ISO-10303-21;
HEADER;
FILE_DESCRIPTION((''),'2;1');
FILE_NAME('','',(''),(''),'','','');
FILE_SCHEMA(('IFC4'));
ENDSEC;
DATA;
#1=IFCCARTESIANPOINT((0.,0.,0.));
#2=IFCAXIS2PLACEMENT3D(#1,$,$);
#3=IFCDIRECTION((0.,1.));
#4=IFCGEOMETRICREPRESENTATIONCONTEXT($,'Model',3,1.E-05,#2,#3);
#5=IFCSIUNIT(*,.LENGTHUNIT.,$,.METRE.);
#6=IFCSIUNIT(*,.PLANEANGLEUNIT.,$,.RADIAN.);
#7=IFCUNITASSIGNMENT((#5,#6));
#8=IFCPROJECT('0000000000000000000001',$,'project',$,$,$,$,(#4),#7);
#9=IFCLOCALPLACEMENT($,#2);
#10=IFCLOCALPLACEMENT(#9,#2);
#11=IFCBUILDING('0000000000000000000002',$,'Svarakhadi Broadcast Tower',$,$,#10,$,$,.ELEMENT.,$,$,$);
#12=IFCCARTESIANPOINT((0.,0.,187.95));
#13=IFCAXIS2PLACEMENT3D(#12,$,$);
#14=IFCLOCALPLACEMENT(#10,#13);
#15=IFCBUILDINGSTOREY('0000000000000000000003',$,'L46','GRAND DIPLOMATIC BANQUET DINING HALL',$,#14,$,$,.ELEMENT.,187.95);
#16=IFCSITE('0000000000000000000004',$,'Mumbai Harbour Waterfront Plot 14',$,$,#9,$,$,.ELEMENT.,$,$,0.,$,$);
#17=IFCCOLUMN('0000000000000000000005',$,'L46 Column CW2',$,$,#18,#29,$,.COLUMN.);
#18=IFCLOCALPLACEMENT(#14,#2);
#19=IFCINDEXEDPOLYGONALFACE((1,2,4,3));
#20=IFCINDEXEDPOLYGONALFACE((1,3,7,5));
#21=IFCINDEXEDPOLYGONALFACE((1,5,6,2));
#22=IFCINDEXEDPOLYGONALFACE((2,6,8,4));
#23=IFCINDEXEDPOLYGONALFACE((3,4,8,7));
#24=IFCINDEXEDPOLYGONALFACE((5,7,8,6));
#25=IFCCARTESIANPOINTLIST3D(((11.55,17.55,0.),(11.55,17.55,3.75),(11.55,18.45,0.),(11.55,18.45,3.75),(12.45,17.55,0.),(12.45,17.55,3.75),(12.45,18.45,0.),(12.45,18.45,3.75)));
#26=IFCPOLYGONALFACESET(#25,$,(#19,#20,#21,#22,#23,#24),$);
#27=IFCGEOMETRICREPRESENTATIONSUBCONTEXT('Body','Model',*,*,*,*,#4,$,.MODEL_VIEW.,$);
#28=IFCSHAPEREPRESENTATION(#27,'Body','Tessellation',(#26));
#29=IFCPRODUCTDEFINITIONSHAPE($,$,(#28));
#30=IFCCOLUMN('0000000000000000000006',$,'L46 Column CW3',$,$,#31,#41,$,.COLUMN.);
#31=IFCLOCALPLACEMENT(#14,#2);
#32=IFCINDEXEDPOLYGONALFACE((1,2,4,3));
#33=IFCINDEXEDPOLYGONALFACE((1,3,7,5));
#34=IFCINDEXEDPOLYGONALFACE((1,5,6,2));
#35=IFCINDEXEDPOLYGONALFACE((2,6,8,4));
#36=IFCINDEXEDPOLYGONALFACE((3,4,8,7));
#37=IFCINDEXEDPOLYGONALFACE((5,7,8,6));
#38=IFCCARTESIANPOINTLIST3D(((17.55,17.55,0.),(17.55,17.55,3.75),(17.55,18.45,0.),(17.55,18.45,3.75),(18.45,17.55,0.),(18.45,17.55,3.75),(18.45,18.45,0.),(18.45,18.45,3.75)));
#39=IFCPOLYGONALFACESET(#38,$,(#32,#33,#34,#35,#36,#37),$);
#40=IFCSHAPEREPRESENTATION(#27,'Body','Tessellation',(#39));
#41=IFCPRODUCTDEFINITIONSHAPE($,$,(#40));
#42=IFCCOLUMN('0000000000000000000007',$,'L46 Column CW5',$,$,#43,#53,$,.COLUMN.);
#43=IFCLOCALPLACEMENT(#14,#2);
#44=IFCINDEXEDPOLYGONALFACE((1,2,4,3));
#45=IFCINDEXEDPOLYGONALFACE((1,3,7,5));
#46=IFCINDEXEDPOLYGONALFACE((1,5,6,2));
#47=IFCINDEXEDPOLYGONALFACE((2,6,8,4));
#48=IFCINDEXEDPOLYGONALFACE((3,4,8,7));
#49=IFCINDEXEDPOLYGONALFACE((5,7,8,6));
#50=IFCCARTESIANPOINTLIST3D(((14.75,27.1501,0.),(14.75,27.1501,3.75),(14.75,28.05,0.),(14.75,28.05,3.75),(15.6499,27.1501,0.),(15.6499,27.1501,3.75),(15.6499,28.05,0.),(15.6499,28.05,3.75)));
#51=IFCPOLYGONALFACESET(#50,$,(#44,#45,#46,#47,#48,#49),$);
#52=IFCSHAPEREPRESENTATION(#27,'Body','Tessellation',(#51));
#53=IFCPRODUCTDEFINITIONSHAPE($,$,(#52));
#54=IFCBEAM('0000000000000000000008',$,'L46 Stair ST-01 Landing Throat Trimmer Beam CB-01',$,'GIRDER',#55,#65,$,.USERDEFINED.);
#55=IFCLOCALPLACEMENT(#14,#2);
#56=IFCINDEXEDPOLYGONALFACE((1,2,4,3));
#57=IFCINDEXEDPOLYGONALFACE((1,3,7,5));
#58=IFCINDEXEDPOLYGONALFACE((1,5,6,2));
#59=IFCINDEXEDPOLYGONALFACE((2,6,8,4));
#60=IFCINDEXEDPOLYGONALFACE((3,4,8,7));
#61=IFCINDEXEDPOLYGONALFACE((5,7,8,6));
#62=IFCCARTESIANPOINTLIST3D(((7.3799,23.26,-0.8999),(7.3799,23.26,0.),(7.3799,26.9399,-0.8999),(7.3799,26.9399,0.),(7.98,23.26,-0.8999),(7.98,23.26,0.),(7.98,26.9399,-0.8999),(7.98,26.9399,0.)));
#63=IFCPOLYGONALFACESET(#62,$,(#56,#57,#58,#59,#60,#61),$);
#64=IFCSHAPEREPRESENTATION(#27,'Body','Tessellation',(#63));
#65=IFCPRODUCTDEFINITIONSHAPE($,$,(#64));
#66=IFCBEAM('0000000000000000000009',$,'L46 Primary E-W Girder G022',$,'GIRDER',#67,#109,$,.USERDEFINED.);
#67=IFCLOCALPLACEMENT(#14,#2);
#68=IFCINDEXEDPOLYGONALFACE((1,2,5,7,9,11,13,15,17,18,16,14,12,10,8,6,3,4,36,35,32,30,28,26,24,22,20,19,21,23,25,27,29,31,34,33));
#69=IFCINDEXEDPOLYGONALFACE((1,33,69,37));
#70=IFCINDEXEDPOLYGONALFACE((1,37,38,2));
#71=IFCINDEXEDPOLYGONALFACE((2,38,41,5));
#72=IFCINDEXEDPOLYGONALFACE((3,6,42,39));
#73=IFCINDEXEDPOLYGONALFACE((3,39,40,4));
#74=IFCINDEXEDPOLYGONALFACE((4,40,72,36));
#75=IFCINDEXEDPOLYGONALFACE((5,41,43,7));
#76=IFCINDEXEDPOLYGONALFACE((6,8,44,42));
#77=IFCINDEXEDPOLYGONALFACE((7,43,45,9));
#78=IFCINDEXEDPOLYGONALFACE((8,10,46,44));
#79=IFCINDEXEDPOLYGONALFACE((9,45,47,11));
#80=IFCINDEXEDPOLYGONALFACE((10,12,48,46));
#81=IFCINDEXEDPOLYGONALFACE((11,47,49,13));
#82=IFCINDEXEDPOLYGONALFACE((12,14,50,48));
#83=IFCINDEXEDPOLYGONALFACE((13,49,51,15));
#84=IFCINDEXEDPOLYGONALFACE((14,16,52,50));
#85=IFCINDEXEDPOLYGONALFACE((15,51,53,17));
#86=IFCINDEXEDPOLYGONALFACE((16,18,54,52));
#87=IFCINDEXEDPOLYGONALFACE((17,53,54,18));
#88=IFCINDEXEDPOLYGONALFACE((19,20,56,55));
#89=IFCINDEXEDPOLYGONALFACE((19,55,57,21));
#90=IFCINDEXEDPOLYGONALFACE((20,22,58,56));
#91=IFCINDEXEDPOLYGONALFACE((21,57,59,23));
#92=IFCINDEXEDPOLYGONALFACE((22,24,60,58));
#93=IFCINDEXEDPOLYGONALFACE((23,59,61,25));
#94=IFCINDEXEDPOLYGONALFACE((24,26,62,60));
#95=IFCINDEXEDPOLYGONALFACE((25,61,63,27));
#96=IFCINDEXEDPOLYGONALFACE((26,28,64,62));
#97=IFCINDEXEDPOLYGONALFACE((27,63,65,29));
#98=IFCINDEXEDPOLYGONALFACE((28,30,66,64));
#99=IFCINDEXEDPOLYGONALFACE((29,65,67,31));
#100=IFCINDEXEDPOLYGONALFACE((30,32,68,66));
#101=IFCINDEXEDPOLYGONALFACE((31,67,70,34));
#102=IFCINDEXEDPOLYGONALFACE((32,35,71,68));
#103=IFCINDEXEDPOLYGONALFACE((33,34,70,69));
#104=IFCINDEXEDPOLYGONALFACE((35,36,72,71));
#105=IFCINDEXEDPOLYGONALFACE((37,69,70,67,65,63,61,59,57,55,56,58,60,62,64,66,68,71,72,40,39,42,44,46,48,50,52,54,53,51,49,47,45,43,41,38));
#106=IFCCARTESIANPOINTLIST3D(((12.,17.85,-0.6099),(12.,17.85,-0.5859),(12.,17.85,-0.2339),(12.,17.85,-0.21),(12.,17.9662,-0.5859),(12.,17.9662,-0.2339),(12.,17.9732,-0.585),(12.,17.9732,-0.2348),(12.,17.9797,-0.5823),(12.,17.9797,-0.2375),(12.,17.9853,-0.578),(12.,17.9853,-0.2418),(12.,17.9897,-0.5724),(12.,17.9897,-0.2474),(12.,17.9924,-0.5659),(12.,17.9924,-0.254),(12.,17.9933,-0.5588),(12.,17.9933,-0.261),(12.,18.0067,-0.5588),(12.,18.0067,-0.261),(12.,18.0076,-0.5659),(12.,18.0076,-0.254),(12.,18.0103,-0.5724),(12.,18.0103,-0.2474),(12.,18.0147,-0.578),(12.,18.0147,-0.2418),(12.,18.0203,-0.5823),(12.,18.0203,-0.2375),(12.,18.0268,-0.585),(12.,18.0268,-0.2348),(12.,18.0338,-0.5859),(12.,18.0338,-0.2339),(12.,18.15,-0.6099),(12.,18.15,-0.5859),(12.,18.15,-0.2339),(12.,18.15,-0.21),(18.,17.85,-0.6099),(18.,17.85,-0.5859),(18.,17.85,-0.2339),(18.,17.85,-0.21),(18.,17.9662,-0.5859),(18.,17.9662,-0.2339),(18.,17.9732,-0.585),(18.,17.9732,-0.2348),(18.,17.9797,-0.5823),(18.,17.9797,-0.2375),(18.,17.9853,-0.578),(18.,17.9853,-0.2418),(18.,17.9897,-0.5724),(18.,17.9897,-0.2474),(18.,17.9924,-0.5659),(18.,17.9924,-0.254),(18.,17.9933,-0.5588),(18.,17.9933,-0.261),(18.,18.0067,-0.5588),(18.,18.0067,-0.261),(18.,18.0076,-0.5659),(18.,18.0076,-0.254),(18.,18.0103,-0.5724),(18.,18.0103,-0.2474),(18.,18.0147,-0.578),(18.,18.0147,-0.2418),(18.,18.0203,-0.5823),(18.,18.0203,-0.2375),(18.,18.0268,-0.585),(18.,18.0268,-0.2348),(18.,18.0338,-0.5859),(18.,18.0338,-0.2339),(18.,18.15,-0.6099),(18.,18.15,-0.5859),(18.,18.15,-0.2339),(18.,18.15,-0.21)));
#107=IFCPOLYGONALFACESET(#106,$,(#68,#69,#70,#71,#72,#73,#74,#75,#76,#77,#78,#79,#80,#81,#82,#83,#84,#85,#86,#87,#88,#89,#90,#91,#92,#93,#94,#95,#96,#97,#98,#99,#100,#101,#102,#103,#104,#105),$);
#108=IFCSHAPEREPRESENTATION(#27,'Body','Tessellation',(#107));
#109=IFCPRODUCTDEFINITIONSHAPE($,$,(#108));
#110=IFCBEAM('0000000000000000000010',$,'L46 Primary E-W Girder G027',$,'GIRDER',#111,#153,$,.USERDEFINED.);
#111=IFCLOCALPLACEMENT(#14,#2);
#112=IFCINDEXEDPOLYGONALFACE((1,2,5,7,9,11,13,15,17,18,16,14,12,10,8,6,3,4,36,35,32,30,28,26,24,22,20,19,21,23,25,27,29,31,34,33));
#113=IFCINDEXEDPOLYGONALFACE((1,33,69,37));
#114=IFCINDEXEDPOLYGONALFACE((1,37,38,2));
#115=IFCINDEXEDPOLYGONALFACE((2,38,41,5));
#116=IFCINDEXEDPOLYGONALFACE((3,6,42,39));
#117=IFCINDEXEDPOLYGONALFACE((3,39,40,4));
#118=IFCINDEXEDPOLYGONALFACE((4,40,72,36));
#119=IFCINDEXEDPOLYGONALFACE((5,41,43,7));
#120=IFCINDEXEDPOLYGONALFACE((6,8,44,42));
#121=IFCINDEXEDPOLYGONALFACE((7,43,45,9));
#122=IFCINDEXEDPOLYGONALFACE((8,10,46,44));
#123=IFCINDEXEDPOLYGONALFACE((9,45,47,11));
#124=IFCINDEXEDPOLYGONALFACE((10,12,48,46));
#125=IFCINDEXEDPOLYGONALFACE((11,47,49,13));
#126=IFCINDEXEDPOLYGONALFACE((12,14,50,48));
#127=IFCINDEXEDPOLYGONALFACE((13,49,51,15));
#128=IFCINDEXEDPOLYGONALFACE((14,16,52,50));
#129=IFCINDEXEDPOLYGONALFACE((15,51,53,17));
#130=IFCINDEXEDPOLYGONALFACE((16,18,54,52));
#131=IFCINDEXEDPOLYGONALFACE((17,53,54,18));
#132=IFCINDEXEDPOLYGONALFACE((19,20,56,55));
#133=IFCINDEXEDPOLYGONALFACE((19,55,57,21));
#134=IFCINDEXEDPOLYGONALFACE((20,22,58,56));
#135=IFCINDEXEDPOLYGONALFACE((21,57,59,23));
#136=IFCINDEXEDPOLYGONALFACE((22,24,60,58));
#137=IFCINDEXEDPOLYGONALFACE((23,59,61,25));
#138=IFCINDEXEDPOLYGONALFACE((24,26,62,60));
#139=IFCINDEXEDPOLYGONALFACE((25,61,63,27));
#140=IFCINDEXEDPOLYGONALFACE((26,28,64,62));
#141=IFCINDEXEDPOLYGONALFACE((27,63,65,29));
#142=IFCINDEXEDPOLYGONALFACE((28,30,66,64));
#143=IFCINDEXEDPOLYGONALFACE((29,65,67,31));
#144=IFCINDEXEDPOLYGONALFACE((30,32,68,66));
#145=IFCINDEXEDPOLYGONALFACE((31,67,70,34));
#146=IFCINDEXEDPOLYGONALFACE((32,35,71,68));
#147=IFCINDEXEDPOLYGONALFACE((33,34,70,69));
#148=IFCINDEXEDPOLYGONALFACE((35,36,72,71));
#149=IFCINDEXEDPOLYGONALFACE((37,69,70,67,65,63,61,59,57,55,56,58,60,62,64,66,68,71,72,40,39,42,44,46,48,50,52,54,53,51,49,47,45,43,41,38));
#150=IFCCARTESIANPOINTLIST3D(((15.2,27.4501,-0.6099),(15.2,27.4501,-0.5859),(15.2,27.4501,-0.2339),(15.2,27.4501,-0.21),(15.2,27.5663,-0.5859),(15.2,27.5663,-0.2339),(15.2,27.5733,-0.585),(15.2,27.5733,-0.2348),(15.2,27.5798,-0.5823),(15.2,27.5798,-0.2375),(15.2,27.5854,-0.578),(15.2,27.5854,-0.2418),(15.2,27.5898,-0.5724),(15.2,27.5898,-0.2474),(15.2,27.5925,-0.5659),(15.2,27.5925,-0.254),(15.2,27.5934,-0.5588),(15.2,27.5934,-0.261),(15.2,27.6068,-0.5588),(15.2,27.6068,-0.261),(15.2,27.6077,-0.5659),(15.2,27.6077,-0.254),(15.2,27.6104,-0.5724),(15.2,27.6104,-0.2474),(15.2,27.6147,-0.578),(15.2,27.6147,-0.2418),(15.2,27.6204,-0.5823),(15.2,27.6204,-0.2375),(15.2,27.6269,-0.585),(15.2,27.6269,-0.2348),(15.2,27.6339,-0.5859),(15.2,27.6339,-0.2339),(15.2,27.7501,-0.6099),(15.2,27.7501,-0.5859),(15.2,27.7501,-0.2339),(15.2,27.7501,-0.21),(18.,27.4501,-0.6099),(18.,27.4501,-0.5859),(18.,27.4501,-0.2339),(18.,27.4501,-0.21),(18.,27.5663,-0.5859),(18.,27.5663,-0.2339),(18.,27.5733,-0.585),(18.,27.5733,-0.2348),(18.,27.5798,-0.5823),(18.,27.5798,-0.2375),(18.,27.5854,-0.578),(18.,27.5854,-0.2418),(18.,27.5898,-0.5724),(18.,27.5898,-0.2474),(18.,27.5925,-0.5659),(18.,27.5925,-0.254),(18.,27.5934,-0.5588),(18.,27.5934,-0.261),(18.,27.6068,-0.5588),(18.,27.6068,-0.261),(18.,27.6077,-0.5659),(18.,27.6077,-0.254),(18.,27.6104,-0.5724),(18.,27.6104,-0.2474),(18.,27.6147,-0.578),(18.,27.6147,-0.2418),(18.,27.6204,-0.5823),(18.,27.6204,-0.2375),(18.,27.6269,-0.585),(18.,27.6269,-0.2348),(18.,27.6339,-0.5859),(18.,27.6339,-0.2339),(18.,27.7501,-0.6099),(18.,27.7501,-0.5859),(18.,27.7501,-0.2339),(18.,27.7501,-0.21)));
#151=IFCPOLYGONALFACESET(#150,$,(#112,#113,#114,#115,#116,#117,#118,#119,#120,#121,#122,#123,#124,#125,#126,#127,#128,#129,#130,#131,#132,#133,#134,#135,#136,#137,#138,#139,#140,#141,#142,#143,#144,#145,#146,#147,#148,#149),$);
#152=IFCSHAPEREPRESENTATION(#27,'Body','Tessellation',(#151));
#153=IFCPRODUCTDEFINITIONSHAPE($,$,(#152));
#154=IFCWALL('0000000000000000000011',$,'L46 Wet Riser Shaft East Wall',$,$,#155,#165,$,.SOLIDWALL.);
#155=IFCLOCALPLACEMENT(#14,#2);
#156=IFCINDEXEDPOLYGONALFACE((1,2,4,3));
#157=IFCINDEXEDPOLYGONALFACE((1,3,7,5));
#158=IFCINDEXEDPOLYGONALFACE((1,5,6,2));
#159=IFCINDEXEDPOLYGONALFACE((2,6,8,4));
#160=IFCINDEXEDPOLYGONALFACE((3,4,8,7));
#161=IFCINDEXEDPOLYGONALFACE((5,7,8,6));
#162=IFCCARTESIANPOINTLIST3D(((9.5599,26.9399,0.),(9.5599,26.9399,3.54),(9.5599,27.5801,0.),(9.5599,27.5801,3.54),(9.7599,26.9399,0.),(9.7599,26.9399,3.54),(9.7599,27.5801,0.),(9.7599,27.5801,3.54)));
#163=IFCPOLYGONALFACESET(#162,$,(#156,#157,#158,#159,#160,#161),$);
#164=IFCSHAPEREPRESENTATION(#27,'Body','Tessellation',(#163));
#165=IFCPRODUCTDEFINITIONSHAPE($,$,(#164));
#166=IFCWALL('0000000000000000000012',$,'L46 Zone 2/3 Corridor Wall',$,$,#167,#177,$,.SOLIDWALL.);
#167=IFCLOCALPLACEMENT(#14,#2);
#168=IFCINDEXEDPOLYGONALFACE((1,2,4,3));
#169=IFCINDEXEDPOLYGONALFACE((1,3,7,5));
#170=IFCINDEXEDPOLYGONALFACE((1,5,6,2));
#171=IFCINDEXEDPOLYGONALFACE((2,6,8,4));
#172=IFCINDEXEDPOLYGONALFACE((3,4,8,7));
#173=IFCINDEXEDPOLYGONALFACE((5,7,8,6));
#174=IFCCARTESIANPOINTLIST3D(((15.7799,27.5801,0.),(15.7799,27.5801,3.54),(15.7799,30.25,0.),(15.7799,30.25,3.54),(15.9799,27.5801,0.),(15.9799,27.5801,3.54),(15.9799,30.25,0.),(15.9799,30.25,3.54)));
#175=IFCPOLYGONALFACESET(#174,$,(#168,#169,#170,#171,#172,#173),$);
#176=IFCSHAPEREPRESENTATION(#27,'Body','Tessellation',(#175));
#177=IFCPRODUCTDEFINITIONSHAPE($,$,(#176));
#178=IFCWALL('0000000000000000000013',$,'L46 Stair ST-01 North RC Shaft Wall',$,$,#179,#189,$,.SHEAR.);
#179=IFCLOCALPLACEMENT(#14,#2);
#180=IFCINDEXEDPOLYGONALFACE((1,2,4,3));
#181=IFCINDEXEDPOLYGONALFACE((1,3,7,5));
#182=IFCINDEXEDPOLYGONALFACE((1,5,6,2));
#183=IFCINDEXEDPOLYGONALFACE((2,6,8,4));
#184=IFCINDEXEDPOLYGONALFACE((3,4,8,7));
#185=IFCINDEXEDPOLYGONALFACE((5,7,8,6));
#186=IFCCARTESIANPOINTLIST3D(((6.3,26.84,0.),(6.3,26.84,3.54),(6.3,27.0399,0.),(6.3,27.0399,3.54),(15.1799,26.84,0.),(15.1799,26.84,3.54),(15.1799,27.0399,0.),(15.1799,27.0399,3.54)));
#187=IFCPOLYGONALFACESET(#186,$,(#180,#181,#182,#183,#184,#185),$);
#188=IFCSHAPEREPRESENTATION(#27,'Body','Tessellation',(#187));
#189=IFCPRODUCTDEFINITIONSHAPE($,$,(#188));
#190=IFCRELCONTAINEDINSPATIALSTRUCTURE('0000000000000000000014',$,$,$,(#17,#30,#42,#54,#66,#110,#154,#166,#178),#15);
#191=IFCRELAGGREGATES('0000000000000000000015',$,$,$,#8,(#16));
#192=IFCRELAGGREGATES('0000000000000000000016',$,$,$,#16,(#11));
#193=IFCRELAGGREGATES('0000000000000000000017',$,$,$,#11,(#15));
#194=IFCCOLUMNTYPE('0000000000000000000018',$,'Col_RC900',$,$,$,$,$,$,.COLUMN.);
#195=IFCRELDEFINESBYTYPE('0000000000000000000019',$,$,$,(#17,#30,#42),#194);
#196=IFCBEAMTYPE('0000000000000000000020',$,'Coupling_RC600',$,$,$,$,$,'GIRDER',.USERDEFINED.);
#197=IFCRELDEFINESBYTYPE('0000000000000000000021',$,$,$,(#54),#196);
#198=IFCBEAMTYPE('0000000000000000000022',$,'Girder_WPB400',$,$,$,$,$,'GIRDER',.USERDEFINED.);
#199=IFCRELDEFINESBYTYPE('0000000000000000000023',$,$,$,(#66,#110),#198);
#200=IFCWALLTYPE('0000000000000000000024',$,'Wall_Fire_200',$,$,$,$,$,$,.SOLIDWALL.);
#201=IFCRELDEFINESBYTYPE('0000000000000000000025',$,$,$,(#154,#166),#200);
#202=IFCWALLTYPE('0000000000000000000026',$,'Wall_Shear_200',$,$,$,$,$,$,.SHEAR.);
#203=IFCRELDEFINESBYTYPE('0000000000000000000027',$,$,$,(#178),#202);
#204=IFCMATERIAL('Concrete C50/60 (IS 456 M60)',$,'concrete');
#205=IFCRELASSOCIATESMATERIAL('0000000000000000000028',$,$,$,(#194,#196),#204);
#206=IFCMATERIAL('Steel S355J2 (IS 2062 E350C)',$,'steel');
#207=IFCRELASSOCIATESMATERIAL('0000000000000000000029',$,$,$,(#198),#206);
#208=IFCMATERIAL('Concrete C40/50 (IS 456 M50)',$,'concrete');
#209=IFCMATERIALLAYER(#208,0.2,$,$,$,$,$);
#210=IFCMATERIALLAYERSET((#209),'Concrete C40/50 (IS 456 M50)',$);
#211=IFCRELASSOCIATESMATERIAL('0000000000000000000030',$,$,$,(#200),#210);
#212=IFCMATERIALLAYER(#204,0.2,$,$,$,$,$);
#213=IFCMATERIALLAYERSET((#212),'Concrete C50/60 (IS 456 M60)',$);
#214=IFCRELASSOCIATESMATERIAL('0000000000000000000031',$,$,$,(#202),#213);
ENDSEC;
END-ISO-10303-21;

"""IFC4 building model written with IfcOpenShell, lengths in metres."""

from ifc_helpers import new_model, si_unit, direction, frame, frame_2d, origin, origin_2d, place, context, subcontext, project, spatial, rectangle, i_section, extrude, material, layer, layer_set, material_profile, profile_set, type_object, element, save


model = new_model("IFC4")

# Units and contexts
model_context = context("Model", 3, precision=1e-05, world=origin(), true_north=direction((0.0, 1.0)))
body_context = subcontext(model_context, "Body", "Model", "MODEL_VIEW")
ifc_project = project(units=[si_unit("LENGTHUNIT", "METRE"), si_unit("PLANEANGLEUNIT", "RADIAN")], contexts=[model_context])

# Site, building, storey
site_placement = place(None, origin())
site = spatial("IfcSite", under=ifc_project, at=site_placement, Name="Mumbai Harbour Waterfront Plot 14", CompositionType="ELEMENT", RefElevation=0.0)
building_placement = place(site_placement, origin())
building = spatial("IfcBuilding", under=site, at=building_placement, Name="Svarakhadi Broadcast Tower", CompositionType="ELEMENT")
storey_placement = place(building_placement, frame((0.0, 0.0, 187.95)))
storey = spatial("IfcBuildingStorey", under=building, at=storey_placement, Name="L46", Description="GRAND DIPLOMATIC BANQUET DINING HALL", CompositionType="ELEMENT", Elevation=187.95)

# Columns
ifc_material_1 = material(Name="Concrete C50/60 (IS 456 M60)", Category="concrete")
ifc_material_profile_1 = material_profile(ifc_material_1, rectangle(XDim=0.8999, YDim=0.8999, at=origin_2d()), Name="RC 900x900")
ifc_profile_set_1 = profile_set([ifc_material_profile_1], Name="Concrete C50/60 (IS 456 M60)")
column_type = type_object("IfcColumnType", Name="Col_RC900", PredefinedType="COLUMN", material=ifc_profile_set_1)
for number, where, z_axis, x_axis, name in (
    (1, (12.0, 18.0, 0.0), (0.0, 0.0, 1.0), (1.0, 0.0, 0.0), "L46 Column CW2"),
    (2, (18.0, 18.0, 0.0), (0.0, 0.0, 1.0), (1.0, 0.0, 0.0), "L46 Column CW3"),
    (3, (15.2, 27.6001, 0.0), (0.0, 0.0, 1.0), (1.0, 0.0, 0.0), "L46 Column CW5"),
):
    element("IfcColumn", number, at=place(storey_placement, frame(where, z_axis=z_axis, x_axis=x_axis)), inside=storey, type_object=column_type, Name=name, PredefinedType="COLUMN", context=body_context, shape_type="SweptSolid", body=[
        extrude(rectangle(XDim=0.8999, YDim=0.8999, at=origin_2d()), origin(), (0.0, 0.0, 1.0), 3.75),
    ])

# Beams
ifc_material_profile_2 = material_profile(ifc_material_1, rectangle(XDim=0.6001, YDim=0.8999, at=origin_2d()), Name="RC 600x900")
ifc_profile_set_2 = profile_set([ifc_material_profile_2], Name="Concrete C50/60 (IS 456 M60)")
beam_type_1 = type_object("IfcBeamType", Name="Coupling_RC600", ElementType="GIRDER", PredefinedType="USERDEFINED", material=ifc_profile_set_2)
beam_1_placement = place(storey_placement, frame((7.6799, 23.26, -0.45), z_axis=(0.0, 1.0, 0.0), x_axis=(-1.0, 0.0, 0.0)))
element("IfcBeam", 4, at=beam_1_placement, inside=storey, type_object=beam_type_1, Name="L46 Stair ST-01 Landing Throat Trimmer Beam CB-01", ObjectType="GIRDER", PredefinedType="USERDEFINED", context=body_context, shape_type="SweptSolid", body=[
    extrude(rectangle(XDim=0.6001, YDim=0.8999, at=origin_2d()), origin(), (0.0, 0.0, 1.0), 3.6799),
])
ifc_material_2 = material(Name="Steel S355J2 (IS 2062 E350C)", Category="steel")
ifc_material_profile_3 = material_profile(ifc_material_2, i_section(OverallWidth=0.3, OverallDepth=0.3999, WebThickness=0.0134, FlangeThickness=0.0239, FilletRadius=0.0271, at=origin_2d()), Name="WPB 400x300x155")
ifc_profile_set_3 = profile_set([ifc_material_profile_3], Name="Steel S355J2 (IS 2062 E350C)")
beam_type_2 = type_object("IfcBeamType", Name="Girder_WPB400", ElementType="GIRDER", PredefinedType="USERDEFINED", material=ifc_profile_set_3)
beam_2_placement = place(storey_placement, frame((12.0, 18.0, -0.4099), z_axis=(1.0, 0.0, 0.0), x_axis=(0.0, 1.0, 0.0)))
element("IfcBeam", 5, at=beam_2_placement, inside=storey, type_object=beam_type_2, Name="L46 Primary E-W Girder G022", ObjectType="GIRDER", PredefinedType="USERDEFINED", context=body_context, shape_type="SweptSolid", body=[
    extrude(i_section(OverallWidth=0.3, OverallDepth=0.3999, WebThickness=0.0134, FlangeThickness=0.0239, FilletRadius=0.0271, at=origin_2d()), origin(), (0.0, 0.0, 1.0), 6.0),
])
beam_3_placement = place(storey_placement, frame((15.2, 27.6001, -0.4099), z_axis=(1.0, 0.0, 0.0), x_axis=(0.0, 1.0, 0.0)))
element("IfcBeam", 6, at=beam_3_placement, inside=storey, type_object=beam_type_2, Name="L46 Primary E-W Girder G027", ObjectType="GIRDER", PredefinedType="USERDEFINED", context=body_context, shape_type="SweptSolid", body=[
    extrude(i_section(OverallWidth=0.3, OverallDepth=0.3999, WebThickness=0.0134, FlangeThickness=0.0239, FilletRadius=0.0271, at=origin_2d()), origin(), (0.0, 0.0, 1.0), 2.8),
])

# Walls
ifc_material_3 = material(Name="Concrete C40/50 (IS 456 M50)", Category="concrete")
ifc_layer_1 = layer(ifc_material_3, 0.2)
ifc_layer_set_1 = layer_set([ifc_layer_1], Name="Concrete C40/50 (IS 456 M50)")
wall_type_1 = type_object("IfcWallType", Name="Wall_Fire_200", PredefinedType="SOLIDWALL", material=ifc_layer_set_1)
wall_1_placement = place(storey_placement, frame((9.6599, 26.9399, 0.0), z_axis=(0.0, 0.0, 1.0), x_axis=(0.0, 1.0, 0.0)))
element("IfcWall", 7, at=wall_1_placement, inside=storey, type_object=wall_type_1, Name="L46 Wet Riser Shaft East Wall", PredefinedType="SOLIDWALL", context=body_context, shape_type="SweptSolid", body=[
    extrude(rectangle(XDim=0.6401, YDim=0.2, at=frame_2d((0.3201, 0.0))), origin(), (0.0, 0.0, 1.0), 3.54),
])
wall_2_placement = place(storey_placement, frame((15.8799, 27.5801, 0.0), z_axis=(0.0, 0.0, 1.0), x_axis=(0.0, 1.0, 0.0)))
element("IfcWall", 8, at=wall_2_placement, inside=storey, type_object=wall_type_1, Name="L46 Zone 2/3 Corridor Wall", PredefinedType="SOLIDWALL", context=body_context, shape_type="SweptSolid", body=[
    extrude(rectangle(XDim=2.6699, YDim=0.2, at=frame_2d((1.335, 0.0))), origin(), (0.0, 0.0, 1.0), 3.54),
])

# Wall
ifc_layer_2 = layer(ifc_material_1, 0.2)
ifc_layer_set_2 = layer_set([ifc_layer_2], Name="Concrete C50/60 (IS 456 M60)")
wall_type_2 = type_object("IfcWallType", Name="Wall_Shear_200", PredefinedType="SHEAR", material=ifc_layer_set_2)
wall_3_placement = place(storey_placement, frame((6.3, 26.9399, 0.0), z_axis=(0.0, 0.0, 1.0), x_axis=(1.0, 0.0, 0.0)))
element("IfcWall", 9, at=wall_3_placement, inside=storey, type_object=wall_type_2, Name="L46 Stair ST-01 North RC Shaft Wall", PredefinedType="SHEAR", context=body_context, shape_type="SweptSolid", body=[
    extrude(rectangle(XDim=8.8799, YDim=0.2, at=frame_2d((4.4399, 0.0))), origin(), (0.0, 0.0, 1.0), 3.54),
])

save(model, "model.ifc")
